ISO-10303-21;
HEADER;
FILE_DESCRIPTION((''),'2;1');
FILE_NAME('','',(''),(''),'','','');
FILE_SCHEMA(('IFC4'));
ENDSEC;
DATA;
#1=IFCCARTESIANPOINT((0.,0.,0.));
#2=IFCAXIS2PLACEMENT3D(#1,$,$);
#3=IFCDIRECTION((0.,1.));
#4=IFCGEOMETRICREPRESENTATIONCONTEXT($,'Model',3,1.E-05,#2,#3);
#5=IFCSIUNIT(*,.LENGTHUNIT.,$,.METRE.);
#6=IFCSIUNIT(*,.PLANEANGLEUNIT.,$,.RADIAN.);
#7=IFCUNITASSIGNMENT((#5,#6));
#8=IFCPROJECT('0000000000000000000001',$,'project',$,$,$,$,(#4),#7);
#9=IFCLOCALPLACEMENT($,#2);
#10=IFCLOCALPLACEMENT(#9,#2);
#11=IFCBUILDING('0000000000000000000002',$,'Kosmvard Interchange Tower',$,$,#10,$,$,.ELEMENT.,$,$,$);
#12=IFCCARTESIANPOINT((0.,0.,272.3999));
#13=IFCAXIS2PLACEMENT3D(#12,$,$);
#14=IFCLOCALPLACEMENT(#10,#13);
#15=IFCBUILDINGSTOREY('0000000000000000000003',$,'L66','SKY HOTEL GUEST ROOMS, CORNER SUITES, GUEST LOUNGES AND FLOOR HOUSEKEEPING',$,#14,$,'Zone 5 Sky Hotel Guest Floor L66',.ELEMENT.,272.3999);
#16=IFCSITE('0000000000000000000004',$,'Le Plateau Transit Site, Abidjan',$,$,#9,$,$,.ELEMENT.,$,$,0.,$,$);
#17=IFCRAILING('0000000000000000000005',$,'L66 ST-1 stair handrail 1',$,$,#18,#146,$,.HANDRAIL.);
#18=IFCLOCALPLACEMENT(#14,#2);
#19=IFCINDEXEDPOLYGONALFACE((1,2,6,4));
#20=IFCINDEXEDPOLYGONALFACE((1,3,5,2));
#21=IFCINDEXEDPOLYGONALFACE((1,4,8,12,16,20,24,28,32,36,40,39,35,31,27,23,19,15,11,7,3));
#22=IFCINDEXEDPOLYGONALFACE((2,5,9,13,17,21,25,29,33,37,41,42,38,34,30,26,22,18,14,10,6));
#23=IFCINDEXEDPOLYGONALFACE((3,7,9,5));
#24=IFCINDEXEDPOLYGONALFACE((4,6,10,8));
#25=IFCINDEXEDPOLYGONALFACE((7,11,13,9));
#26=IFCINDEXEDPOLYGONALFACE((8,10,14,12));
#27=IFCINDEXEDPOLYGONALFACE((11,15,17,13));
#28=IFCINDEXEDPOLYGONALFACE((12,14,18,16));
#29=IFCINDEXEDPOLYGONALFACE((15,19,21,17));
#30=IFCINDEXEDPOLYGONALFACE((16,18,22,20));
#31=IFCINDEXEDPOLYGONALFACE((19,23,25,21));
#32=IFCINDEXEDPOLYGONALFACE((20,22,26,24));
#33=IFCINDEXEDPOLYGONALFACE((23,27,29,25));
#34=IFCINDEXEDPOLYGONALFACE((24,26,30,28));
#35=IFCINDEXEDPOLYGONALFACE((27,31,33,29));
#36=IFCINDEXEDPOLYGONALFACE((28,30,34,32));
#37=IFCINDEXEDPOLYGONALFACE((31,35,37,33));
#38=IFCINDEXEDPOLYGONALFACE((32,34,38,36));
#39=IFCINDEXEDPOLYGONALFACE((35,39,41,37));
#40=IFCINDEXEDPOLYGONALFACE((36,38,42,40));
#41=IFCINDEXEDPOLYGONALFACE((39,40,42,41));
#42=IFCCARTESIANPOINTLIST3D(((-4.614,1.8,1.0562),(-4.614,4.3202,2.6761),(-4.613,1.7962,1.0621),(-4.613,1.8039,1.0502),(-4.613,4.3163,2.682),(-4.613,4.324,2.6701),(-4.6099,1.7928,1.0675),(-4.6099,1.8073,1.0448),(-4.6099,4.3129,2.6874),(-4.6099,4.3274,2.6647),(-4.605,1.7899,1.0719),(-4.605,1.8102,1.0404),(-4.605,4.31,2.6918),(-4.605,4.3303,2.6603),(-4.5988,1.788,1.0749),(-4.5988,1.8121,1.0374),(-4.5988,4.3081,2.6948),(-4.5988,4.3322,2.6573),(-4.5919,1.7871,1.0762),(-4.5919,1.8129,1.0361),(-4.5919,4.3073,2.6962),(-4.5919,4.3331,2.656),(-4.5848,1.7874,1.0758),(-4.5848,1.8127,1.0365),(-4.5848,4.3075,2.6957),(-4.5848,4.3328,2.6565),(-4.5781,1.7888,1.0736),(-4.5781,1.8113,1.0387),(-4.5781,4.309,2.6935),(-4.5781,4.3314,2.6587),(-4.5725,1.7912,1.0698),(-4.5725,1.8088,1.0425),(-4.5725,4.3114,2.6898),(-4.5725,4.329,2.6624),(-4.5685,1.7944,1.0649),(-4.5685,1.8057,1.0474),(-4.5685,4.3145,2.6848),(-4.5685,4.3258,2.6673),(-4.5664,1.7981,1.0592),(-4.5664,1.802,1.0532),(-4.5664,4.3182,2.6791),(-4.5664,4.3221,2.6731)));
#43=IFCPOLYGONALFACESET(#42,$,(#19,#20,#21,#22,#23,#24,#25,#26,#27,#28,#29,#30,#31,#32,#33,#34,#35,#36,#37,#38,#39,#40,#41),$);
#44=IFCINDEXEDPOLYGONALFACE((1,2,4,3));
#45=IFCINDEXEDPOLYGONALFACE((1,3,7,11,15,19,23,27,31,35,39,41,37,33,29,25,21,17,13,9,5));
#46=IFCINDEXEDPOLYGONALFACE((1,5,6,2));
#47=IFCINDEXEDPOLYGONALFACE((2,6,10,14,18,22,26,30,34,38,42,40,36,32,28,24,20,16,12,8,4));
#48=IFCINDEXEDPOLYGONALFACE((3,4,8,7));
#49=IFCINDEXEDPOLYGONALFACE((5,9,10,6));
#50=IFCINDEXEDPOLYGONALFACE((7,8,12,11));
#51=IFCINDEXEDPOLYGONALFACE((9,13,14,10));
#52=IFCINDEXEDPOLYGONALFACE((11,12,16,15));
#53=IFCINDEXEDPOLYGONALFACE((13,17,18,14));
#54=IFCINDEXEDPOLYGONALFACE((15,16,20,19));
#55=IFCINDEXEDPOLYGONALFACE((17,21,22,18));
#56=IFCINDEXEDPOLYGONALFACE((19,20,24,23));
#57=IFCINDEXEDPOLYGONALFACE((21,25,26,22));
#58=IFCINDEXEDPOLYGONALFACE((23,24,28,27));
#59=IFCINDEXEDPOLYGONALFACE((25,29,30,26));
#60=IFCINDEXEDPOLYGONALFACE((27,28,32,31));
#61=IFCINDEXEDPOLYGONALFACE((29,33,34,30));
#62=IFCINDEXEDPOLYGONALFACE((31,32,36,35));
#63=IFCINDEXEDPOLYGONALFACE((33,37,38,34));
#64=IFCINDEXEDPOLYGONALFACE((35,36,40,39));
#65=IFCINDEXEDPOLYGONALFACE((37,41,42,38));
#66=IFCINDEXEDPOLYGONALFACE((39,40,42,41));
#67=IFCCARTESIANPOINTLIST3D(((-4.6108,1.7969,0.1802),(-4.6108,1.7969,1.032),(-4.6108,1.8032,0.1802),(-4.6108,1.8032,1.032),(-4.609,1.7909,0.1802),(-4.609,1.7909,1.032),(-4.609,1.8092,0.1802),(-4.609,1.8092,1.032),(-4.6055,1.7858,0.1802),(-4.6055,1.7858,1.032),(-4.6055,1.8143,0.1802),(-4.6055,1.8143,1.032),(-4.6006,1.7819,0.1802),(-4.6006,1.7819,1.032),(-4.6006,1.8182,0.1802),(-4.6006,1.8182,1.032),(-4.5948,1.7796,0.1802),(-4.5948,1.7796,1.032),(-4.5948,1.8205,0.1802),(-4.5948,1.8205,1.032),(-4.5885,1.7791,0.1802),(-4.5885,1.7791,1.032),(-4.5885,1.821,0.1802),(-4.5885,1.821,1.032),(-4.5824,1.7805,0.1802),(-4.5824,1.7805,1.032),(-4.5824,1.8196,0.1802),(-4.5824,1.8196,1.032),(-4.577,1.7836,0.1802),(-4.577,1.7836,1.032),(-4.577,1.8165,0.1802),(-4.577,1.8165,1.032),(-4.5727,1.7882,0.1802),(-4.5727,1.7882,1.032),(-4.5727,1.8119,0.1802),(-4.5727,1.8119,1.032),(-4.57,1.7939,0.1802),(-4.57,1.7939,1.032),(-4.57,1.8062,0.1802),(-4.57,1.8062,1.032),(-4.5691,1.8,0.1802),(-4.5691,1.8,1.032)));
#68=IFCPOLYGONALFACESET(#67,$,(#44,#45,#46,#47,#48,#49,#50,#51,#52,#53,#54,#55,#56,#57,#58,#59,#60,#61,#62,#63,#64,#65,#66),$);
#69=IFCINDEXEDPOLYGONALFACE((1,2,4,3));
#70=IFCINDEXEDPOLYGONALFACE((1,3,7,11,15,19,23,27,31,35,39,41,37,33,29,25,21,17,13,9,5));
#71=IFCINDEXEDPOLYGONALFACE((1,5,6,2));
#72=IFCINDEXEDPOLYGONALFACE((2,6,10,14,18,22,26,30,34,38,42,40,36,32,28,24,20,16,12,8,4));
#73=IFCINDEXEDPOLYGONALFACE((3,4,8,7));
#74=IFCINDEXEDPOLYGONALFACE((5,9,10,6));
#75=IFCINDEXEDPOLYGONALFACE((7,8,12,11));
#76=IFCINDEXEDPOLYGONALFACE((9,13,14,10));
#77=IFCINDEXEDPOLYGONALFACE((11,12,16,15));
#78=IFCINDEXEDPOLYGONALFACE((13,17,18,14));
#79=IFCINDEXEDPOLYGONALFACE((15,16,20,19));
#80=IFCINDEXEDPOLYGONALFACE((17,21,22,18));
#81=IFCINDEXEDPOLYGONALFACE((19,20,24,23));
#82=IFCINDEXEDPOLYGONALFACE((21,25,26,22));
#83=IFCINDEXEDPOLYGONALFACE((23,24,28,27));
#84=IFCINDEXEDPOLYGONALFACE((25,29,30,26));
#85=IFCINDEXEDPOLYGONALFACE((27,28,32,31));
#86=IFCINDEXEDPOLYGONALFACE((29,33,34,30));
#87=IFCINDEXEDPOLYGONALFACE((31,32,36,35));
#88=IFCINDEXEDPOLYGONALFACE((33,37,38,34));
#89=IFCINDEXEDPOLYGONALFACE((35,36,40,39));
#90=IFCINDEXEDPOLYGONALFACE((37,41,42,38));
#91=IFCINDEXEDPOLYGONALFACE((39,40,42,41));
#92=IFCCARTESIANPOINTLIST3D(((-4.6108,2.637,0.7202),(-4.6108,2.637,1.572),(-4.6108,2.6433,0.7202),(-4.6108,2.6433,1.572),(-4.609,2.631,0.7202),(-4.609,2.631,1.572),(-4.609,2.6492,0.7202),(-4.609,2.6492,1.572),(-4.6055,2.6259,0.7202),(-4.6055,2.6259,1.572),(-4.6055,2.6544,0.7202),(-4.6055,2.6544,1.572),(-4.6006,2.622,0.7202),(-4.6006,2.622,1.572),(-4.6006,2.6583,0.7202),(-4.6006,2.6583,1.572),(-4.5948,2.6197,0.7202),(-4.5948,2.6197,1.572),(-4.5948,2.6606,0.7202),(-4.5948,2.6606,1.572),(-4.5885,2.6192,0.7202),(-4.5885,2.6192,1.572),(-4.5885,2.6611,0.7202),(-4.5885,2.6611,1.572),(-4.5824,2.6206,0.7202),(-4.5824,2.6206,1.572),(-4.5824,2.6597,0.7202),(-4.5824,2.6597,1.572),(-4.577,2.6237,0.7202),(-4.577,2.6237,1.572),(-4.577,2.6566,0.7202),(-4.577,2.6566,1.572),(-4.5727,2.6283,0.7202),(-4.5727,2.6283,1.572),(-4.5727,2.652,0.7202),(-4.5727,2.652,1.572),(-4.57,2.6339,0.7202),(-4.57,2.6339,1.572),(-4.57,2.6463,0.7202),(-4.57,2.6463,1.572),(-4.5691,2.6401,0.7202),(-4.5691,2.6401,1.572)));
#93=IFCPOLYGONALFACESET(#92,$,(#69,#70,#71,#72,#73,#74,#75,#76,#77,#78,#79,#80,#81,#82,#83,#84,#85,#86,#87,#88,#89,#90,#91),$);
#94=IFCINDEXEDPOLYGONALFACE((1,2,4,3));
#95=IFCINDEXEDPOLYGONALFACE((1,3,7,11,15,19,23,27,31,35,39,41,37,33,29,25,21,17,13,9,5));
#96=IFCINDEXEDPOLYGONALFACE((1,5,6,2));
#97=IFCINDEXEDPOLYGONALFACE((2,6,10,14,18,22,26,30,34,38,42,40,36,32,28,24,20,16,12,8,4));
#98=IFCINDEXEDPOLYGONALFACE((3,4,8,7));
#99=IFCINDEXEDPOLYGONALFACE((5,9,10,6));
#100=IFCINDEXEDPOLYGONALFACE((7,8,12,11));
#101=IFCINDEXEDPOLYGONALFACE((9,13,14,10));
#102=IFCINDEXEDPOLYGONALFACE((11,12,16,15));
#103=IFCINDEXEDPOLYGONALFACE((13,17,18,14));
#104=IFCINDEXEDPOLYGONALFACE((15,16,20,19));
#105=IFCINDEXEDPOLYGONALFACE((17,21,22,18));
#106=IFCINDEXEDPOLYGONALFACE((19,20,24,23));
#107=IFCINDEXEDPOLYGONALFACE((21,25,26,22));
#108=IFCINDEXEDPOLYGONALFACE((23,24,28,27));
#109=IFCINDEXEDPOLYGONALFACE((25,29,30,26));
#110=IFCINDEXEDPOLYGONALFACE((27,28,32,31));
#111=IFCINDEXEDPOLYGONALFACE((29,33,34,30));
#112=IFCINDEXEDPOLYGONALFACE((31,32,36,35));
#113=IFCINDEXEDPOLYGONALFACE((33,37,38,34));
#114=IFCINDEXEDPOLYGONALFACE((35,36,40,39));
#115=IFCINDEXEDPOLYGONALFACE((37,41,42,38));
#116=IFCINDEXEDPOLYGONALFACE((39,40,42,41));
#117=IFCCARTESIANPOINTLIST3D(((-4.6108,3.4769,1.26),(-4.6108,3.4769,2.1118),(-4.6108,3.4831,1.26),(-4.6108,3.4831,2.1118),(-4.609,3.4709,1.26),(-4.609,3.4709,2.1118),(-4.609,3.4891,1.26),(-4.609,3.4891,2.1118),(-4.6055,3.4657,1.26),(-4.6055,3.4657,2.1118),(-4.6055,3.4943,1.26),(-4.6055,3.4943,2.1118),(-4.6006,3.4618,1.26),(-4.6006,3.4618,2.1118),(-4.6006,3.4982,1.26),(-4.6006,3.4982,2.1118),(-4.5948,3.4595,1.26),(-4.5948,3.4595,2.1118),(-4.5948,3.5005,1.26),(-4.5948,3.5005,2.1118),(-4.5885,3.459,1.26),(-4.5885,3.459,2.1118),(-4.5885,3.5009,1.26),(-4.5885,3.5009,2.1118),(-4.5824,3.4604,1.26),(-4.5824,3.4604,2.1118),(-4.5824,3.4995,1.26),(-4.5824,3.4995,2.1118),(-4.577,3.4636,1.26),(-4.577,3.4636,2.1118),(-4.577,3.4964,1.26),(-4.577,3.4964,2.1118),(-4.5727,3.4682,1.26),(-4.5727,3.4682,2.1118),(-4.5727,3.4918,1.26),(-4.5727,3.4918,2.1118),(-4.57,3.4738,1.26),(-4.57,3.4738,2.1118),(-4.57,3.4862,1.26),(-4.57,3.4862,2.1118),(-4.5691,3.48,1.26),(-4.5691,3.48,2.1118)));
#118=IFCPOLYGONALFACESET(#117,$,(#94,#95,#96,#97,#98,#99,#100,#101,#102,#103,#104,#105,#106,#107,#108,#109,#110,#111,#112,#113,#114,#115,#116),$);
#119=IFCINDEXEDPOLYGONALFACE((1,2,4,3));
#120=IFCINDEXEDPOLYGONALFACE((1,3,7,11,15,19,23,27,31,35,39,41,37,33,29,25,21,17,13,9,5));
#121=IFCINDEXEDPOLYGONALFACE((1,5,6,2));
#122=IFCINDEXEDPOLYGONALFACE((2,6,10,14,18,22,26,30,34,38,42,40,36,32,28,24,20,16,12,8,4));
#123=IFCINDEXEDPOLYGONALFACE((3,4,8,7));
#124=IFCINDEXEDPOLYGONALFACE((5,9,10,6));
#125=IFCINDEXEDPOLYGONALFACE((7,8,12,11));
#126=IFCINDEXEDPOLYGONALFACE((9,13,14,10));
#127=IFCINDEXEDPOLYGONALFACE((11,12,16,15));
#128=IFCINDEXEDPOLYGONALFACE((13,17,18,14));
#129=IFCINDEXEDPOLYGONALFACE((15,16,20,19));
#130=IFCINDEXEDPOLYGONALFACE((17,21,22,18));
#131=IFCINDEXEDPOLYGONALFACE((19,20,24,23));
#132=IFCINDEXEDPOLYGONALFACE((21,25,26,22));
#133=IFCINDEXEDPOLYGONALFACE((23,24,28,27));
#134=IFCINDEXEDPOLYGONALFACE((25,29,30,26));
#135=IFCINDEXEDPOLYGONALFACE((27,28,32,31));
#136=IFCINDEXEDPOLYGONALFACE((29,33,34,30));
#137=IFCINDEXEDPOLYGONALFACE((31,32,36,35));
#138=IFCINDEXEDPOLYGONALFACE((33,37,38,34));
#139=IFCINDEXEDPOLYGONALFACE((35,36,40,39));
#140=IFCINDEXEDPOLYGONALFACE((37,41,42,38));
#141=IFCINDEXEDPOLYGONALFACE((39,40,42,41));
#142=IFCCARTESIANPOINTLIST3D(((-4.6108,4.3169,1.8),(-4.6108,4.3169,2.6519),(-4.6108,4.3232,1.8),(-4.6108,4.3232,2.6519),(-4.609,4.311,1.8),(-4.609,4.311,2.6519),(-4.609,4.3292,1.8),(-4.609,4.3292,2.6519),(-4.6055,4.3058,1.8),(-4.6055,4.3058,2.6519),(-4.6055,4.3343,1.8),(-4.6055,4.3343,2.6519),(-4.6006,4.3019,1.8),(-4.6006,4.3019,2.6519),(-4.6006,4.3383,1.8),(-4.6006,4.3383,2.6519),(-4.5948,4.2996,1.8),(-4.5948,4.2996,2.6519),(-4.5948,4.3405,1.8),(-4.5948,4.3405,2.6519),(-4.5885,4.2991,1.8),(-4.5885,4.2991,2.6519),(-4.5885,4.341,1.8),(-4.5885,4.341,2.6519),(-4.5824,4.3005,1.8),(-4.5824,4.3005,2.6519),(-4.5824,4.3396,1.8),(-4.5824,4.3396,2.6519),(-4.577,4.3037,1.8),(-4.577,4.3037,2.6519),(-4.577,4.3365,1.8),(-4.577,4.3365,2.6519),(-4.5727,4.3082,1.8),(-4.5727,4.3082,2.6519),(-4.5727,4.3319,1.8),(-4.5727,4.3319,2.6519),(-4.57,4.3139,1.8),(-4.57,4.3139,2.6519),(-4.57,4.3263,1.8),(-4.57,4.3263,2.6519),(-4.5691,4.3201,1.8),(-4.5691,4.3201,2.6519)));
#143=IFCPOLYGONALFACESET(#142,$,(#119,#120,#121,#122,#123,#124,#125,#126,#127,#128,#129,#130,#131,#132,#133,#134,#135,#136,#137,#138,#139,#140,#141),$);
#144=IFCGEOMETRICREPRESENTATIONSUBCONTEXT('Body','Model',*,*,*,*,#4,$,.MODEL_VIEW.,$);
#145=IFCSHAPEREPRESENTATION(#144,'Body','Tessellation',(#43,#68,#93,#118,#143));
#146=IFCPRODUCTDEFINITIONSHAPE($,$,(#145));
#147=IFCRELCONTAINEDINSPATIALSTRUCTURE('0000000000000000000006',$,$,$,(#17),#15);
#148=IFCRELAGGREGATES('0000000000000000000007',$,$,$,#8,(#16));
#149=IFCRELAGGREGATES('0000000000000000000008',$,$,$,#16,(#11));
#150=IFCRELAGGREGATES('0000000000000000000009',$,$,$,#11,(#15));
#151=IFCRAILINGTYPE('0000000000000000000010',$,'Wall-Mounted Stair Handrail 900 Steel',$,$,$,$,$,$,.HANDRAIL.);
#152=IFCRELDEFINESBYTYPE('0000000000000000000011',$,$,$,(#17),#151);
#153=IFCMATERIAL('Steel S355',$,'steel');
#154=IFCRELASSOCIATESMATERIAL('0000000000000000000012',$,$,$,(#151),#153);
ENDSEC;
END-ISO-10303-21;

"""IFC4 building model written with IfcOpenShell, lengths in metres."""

from ifc_helpers import new_model, si_unit, direction, frame, origin, origin_2d, place, context, subcontext, project, spatial, circle, extrude, source, transform, mapped, material, type_object, element, save


model = new_model("IFC4")

# Units and contexts
model_context = context("Model", 3, precision=1e-05, world=origin(), true_north=direction((0.0, 1.0)))
body_context = subcontext(model_context, "Body", "Model", "MODEL_VIEW")
ifc_project = project(units=[si_unit("LENGTHUNIT", "METRE"), si_unit("PLANEANGLEUNIT", "RADIAN")], contexts=[model_context])

# Site, building, storey
site_placement = place(None, origin())
site = spatial("IfcSite", under=ifc_project, at=site_placement, Name="Le Plateau Transit Site, Abidjan", CompositionType="ELEMENT", RefElevation=0.0)
building_placement = place(site_placement, origin())
building = spatial("IfcBuilding", under=site, at=building_placement, Name="Kosmvard Interchange Tower", CompositionType="ELEMENT")
storey_placement = place(building_placement, frame((0.0, 0.0, 272.3999)))
storey = spatial("IfcBuildingStorey", under=building, at=storey_placement, Name="L66", Description="SKY HOTEL GUEST ROOMS, CORNER SUITES, GUEST LOUNGES AND FLOOR HOUSEKEEPING", LongName="Zone 5 Sky Hotel Guest Floor L66", CompositionType="ELEMENT", Elevation=272.3999)

# Shared definitions
ifc_material_1 = material(Name="Steel S355", Category="steel")

# Railing
railing_type_1 = type_object("IfcRailingType", Name="Wall-Mounted Stair Handrail 900 Steel", PredefinedType="HANDRAIL", material=ifc_material_1)
shared_shape_1 = source(origin(), body_context, "Body", "SweptSolid", [
    extrude(circle(Radius=0.0239, at=origin_2d()), frame((0.0, 0.0, 0.876), z_axis=(0.0, 0.8412, 0.540725), x_axis=(-1.0, 0.0, 0.0)), (0.0, 0.0, 1.0), 2.9958),
    extrude(circle(Radius=0.021, at=origin_2d()), origin(), (0.0, 0.0, 1.0), 0.8518),
    extrude(circle(Radius=0.021, at=origin_2d()), frame((0.0, 0.8401, 0.54)), (0.0, 0.0, 1.0), 0.8518),
    extrude(circle(Radius=0.021, at=origin_2d()), frame((0.0, 1.6799, 1.0798)), (0.0, 0.0, 1.0), 0.8518),
    extrude(circle(Radius=0.021, at=origin_2d()), frame((0.0, 2.52, 1.6199)), (0.0, 0.0, 1.0), 0.8518),
])
railing_1_placement = place(storey_placement, frame((-4.5901, 1.8, 0.1802)))
element("IfcRailing", 1, at=railing_1_placement, inside=storey, type_object=railing_type_1, Name="L66 ST-1 stair handrail 1", PredefinedType="HANDRAIL", context=body_context, shape_type="MappedRepresentation", body=[
    mapped(shared_shape_1, transform((0.0, 0.0, 0.0), scale=1.0)),
])

save(model, "model.ifc")
